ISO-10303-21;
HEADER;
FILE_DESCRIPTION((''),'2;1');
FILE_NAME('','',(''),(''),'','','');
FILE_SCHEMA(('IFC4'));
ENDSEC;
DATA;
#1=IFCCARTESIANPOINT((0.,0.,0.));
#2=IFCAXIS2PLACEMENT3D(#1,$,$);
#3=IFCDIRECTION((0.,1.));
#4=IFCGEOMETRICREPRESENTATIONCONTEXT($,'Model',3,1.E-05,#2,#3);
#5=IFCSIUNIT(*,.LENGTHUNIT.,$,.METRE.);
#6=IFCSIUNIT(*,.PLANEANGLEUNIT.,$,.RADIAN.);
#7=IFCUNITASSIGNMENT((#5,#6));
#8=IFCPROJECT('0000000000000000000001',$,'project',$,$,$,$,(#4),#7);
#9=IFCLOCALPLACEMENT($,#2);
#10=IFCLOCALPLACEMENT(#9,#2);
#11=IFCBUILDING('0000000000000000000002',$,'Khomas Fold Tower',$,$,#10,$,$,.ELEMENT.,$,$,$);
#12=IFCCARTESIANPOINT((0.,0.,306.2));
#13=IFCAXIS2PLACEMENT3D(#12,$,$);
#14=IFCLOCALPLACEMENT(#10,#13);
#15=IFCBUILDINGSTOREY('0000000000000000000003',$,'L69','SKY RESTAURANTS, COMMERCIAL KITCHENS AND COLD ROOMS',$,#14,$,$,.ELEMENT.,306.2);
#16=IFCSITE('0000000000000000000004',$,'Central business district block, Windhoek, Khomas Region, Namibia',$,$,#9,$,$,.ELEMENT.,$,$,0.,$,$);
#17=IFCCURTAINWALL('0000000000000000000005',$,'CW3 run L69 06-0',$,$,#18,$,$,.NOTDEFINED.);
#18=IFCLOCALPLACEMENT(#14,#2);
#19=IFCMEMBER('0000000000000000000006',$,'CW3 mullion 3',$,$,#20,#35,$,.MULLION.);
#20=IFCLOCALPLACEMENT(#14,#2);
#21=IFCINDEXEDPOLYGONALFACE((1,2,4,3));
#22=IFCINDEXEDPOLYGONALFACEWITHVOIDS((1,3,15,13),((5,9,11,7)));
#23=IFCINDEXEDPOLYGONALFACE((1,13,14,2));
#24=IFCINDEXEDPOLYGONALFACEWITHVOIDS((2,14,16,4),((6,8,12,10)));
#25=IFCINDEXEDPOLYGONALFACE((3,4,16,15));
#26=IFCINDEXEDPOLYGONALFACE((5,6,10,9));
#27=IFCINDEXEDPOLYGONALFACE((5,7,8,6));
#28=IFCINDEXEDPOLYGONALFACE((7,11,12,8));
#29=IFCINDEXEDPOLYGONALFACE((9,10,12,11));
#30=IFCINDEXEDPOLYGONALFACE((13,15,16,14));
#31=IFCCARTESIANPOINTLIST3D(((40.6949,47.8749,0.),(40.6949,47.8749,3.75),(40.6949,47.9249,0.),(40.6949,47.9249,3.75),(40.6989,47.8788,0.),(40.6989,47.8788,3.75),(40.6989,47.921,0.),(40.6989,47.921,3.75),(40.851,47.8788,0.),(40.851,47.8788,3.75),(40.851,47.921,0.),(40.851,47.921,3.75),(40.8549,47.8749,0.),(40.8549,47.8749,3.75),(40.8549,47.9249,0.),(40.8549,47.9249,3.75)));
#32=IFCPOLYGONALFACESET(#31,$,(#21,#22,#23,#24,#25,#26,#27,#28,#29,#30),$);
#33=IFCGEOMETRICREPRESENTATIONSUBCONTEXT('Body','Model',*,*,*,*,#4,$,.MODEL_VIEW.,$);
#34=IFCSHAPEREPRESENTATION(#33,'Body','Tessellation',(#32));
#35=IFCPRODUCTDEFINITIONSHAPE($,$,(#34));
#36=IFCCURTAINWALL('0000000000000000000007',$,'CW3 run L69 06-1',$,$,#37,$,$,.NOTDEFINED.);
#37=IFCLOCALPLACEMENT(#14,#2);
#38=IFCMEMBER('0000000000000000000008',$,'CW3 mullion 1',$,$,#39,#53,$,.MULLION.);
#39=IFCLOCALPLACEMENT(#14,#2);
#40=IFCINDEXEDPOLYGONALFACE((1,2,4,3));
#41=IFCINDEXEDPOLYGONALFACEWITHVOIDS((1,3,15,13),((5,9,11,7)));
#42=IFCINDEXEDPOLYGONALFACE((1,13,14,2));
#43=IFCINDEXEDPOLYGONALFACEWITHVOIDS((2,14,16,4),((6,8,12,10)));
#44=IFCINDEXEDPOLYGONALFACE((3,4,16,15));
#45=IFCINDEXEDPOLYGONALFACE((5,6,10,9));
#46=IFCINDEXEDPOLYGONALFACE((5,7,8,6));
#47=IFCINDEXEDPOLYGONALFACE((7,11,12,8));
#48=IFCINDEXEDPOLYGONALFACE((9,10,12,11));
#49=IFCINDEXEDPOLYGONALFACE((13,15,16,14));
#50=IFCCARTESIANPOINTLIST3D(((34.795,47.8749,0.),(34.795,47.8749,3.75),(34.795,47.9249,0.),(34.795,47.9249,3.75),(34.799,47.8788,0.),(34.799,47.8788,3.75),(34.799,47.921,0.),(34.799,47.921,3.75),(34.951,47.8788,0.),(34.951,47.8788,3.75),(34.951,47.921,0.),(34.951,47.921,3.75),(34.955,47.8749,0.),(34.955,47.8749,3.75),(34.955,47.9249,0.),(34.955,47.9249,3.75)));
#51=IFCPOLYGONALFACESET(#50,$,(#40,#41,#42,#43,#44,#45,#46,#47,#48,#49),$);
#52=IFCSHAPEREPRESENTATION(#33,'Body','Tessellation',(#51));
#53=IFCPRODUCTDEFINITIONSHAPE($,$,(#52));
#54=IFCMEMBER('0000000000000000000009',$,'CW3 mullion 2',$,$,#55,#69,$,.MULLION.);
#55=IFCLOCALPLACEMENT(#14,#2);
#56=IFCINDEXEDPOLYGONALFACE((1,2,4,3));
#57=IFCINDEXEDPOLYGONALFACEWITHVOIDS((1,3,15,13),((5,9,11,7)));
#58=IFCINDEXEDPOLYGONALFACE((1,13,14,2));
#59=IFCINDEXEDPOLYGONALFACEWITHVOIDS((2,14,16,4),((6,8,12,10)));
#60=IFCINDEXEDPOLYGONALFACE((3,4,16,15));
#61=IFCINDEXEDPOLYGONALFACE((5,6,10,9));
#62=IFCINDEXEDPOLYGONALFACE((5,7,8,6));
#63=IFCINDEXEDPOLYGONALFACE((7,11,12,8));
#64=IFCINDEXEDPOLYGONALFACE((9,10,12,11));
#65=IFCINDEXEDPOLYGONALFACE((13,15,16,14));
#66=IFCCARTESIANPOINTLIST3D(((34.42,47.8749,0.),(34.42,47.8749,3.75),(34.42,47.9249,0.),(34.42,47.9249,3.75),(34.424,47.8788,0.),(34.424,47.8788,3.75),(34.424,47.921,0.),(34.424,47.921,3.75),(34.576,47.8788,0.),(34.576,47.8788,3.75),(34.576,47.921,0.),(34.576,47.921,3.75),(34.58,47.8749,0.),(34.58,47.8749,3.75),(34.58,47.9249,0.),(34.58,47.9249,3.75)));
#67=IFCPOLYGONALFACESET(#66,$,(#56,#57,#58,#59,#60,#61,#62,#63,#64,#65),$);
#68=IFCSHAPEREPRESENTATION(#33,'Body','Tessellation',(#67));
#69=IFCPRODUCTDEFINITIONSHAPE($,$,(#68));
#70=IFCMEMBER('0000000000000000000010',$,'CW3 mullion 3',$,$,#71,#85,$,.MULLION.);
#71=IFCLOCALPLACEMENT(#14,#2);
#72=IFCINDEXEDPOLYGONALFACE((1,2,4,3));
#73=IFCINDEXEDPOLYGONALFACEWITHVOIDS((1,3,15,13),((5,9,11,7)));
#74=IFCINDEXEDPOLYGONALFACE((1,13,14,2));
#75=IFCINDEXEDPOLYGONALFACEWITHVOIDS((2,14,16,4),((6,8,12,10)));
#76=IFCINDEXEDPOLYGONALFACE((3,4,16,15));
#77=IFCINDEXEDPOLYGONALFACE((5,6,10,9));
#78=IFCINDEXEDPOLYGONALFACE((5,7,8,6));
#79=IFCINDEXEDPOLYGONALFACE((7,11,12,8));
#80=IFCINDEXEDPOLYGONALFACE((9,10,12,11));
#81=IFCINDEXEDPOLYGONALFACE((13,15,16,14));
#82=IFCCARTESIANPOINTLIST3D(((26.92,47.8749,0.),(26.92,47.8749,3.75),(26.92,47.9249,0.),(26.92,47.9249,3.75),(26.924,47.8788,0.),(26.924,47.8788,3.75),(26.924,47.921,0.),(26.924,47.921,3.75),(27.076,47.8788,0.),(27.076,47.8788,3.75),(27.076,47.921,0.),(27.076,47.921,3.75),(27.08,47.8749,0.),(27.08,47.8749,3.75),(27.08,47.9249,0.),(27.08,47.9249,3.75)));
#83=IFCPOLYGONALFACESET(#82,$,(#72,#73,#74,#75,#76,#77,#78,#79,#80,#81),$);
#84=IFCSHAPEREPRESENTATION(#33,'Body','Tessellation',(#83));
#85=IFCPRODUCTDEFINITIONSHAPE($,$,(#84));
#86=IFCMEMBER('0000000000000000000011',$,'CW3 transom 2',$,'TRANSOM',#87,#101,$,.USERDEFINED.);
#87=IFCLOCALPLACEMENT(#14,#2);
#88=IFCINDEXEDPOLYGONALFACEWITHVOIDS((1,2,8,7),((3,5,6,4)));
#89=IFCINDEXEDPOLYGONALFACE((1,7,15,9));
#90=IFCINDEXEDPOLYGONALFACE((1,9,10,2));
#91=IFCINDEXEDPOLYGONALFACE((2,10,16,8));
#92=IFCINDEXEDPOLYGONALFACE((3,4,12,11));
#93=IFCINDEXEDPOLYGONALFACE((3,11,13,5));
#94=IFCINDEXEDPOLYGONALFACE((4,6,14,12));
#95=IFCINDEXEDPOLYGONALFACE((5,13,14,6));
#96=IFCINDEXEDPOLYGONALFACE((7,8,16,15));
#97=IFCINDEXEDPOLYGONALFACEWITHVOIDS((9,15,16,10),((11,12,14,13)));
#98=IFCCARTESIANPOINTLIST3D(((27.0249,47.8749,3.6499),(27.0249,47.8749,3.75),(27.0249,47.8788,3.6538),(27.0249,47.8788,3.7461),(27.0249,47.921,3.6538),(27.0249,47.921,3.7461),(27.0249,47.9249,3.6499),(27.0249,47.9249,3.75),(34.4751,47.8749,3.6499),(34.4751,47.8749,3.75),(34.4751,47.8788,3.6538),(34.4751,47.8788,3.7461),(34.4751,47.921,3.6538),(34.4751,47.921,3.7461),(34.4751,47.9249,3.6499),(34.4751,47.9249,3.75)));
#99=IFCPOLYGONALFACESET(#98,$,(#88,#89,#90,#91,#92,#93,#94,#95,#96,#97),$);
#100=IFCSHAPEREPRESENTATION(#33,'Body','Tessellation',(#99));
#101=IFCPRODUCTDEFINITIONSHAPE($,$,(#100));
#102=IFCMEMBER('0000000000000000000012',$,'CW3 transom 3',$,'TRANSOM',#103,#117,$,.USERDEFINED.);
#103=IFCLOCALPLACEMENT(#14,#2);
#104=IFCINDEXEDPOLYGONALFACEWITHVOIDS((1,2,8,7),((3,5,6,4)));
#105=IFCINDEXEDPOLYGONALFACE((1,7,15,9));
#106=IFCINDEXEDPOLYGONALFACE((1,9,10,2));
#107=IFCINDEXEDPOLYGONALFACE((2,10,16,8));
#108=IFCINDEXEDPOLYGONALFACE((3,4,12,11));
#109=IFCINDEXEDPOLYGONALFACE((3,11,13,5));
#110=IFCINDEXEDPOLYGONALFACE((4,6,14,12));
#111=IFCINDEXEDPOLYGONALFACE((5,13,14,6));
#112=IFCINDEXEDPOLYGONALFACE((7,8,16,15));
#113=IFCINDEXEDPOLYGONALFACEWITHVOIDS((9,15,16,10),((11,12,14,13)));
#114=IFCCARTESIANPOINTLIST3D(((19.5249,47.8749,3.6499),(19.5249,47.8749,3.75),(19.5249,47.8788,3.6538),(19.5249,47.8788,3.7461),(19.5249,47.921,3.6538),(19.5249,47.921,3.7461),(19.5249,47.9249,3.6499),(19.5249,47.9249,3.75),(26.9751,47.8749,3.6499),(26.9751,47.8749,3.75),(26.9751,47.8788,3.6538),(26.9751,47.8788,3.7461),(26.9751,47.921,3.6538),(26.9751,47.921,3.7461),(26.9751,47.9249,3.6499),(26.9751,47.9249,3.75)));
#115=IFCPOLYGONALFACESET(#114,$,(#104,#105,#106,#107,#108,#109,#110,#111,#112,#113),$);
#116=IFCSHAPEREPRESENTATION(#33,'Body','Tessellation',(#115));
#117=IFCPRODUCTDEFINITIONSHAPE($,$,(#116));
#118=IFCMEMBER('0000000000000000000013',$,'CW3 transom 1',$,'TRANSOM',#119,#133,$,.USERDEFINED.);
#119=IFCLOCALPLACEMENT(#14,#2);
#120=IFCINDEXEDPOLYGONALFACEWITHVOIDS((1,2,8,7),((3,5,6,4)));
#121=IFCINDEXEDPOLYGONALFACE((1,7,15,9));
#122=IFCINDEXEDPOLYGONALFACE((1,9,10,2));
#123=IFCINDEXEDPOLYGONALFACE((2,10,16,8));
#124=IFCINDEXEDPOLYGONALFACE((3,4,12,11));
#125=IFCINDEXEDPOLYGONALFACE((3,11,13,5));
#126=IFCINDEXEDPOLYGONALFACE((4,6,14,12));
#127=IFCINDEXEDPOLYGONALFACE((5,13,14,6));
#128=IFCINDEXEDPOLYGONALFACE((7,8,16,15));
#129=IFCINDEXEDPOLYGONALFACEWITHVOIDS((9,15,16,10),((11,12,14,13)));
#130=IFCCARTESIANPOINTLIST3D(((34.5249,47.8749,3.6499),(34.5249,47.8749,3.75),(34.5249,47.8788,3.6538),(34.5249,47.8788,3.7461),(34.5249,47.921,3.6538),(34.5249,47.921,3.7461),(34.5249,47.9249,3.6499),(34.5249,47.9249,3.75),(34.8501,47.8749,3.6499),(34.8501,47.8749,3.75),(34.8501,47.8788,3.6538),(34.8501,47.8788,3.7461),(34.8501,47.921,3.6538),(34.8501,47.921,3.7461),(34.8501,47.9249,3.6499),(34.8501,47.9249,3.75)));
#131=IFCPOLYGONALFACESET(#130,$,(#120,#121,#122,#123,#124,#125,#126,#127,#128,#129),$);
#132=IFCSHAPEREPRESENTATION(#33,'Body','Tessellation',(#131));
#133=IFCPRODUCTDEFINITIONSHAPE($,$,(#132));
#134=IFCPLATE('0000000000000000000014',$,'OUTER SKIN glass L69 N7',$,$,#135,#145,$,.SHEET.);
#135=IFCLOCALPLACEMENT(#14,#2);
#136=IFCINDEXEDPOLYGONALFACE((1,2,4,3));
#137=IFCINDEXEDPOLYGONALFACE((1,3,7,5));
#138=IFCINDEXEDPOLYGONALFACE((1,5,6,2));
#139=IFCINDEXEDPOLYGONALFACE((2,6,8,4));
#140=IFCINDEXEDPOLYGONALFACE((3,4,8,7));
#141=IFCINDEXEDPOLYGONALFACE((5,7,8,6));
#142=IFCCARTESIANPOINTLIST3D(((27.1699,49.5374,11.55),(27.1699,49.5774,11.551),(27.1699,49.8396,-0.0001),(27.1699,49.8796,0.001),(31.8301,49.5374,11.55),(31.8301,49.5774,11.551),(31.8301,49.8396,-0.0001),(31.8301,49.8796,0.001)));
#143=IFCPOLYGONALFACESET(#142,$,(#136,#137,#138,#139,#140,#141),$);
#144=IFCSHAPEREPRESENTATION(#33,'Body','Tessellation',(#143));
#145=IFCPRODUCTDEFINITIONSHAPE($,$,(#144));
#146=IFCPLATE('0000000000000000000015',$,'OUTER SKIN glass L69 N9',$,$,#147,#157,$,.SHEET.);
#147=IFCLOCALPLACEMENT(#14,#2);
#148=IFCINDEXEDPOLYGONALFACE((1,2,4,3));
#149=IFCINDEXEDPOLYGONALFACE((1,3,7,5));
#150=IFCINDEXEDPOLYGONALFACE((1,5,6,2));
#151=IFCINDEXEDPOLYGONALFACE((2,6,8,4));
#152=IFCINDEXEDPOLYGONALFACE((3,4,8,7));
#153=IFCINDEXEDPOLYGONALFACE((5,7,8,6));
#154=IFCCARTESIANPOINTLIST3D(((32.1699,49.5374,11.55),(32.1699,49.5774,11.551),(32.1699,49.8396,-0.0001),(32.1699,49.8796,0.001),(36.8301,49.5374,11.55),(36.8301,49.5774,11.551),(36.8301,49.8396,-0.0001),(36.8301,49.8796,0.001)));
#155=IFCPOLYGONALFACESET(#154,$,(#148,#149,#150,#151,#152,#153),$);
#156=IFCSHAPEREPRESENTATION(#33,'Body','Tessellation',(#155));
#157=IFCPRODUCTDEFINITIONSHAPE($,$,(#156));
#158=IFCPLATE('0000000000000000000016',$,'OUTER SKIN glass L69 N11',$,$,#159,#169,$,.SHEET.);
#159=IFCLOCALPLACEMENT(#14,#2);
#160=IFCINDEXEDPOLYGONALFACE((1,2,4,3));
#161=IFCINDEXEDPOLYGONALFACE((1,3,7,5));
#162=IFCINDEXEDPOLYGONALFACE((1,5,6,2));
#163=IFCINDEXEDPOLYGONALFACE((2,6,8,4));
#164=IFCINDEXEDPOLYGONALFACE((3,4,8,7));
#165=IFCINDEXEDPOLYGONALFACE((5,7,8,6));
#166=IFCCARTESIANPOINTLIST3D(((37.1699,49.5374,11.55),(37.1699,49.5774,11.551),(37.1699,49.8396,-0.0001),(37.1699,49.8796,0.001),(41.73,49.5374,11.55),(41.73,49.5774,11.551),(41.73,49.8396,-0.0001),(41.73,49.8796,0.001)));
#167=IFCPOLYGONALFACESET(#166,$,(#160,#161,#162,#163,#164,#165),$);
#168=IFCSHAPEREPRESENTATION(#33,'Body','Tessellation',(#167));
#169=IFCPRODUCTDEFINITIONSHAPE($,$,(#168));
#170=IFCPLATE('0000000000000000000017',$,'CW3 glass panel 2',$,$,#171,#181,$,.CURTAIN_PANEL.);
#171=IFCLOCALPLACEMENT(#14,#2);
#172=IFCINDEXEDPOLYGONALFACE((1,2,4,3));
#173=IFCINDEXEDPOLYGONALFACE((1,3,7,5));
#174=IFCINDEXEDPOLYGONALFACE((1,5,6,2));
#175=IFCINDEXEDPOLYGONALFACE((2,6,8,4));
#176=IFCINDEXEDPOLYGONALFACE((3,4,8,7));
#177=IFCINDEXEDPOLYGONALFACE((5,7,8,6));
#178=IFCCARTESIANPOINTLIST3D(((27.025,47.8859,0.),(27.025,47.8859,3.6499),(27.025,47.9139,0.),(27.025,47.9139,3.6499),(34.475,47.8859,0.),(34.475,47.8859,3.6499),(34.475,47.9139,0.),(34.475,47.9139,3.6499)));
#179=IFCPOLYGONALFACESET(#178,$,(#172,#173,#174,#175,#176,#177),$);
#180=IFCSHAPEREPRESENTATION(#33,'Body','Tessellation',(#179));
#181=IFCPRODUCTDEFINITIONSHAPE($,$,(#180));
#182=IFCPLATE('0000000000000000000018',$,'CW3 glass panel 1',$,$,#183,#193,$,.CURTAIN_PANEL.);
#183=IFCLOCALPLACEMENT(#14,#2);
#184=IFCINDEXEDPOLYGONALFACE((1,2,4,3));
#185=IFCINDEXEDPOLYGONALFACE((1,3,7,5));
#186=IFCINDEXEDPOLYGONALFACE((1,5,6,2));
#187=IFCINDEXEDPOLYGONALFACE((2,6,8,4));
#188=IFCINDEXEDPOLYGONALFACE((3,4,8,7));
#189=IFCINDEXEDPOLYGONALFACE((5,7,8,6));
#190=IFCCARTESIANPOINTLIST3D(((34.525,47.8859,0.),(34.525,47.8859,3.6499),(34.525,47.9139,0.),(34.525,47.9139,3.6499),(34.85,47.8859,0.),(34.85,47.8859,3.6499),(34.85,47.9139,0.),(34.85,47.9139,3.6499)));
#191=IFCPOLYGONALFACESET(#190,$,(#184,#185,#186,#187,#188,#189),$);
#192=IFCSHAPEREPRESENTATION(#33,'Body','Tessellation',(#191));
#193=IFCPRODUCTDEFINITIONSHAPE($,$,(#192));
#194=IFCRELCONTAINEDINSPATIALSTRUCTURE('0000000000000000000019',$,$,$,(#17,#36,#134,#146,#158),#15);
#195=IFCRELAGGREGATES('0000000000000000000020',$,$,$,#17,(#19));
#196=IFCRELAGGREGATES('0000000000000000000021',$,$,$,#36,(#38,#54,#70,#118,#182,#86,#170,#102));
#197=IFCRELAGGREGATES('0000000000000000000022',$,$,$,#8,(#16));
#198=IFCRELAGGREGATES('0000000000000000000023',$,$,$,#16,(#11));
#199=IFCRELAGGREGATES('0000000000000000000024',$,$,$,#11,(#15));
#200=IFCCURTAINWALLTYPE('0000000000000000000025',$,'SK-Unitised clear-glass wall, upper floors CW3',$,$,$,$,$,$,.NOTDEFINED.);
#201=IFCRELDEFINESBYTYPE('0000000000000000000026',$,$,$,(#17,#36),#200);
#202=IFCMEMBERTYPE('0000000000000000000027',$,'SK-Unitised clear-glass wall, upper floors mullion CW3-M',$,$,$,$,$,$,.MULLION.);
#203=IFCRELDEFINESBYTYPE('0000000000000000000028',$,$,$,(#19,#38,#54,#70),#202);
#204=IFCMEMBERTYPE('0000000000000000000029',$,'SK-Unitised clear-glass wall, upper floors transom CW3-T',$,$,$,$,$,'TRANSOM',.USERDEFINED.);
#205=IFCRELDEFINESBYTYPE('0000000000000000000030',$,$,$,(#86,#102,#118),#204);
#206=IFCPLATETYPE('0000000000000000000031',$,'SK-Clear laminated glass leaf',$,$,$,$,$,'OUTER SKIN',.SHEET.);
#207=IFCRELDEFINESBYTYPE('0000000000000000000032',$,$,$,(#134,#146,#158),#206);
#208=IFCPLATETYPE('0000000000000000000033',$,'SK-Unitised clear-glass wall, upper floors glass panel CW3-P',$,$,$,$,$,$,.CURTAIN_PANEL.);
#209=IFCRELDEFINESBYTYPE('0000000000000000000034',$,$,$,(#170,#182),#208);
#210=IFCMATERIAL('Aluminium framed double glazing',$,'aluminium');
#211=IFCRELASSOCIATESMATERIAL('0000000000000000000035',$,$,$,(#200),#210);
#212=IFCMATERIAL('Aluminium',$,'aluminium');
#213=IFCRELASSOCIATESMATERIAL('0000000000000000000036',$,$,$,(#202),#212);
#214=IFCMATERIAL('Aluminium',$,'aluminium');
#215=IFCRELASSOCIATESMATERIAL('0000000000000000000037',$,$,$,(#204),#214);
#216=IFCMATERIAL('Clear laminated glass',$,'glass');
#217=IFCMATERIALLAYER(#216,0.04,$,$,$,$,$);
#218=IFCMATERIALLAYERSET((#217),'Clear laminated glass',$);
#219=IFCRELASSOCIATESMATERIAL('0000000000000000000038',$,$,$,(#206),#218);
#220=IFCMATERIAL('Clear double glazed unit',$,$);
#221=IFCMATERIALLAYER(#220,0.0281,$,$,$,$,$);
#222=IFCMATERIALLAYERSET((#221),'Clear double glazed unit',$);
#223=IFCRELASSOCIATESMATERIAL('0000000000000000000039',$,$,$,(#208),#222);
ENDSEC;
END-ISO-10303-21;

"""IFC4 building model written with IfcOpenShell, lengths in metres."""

from ifc_helpers import new_model, si_unit, direction, frame, origin, origin_2d, place, context, subcontext, project, spatial, polyline, rectangle, hollow_rectangle, outline, extrude, source, transform, mapped, material, layer, layer_set, material_profile, profile_set, type_object, element, aggregate, save


model = new_model("IFC4")

# Units and contexts
model_context = context("Model", 3, precision=1e-05, world=origin(), true_north=direction((0.0, 1.0)))
body_context = subcontext(model_context, "Body", "Model", "MODEL_VIEW")
ifc_project = project(units=[si_unit("LENGTHUNIT", "METRE"), si_unit("PLANEANGLEUNIT", "RADIAN")], contexts=[model_context])

# Site, building, storey
site_placement = place(None, origin())
site = spatial("IfcSite", under=ifc_project, at=site_placement, Name="Central business district block, Windhoek, Khomas Region, Namibia", CompositionType="ELEMENT", RefElevation=0.0)
building_placement = place(site_placement, origin())
building = spatial("IfcBuilding", under=site, at=building_placement, Name="Khomas Fold Tower", CompositionType="ELEMENT")
storey_placement = place(building_placement, frame((0.0, 0.0, 306.2)))
storey = spatial("IfcBuildingStorey", under=building, at=storey_placement, Name="L69", Description="SKY RESTAURANTS, COMMERCIAL KITCHENS AND COLD ROOMS", CompositionType="ELEMENT", Elevation=306.2)

# Curtain wall, member
ifc_material_1 = material(Name="Aluminium framed double glazing", Category="aluminium")
curtain_wall_type = type_object("IfcCurtainWallType", Name="SK-Unitised clear-glass wall, upper floors CW3", PredefinedType="NOTDEFINED", material=ifc_material_1)
curtain_wall_1_placement = place(storey_placement, origin())
curtain_wall_1 = element("IfcCurtainWall", 1, at=curtain_wall_1_placement, inside=storey, type_object=curtain_wall_type, Name="CW3 run L69 06-0", PredefinedType="NOTDEFINED")
ifc_material_2 = material(Name="Aluminium", Category="aluminium")
ifc_material_profile_1 = material_profile(ifc_material_2, hollow_rectangle(XDim=0.05, YDim=0.1599, WallThickness=0.0039, at=origin_2d()), Name="SK-Unitised clear-glass wall, upper floors mullion CW3-M")
ifc_profile_set_1 = profile_set([ifc_material_profile_1], Name="Aluminium")
member_type_1 = type_object("IfcMemberType", Name="SK-Unitised clear-glass wall, upper floors mullion CW3-M", PredefinedType="MULLION", material=ifc_profile_set_1)
shared_shape_1 = source(origin(), body_context, "Body", "SweptSolid", [
    extrude(hollow_rectangle(XDim=0.05, YDim=0.1599, WallThickness=0.0039, at=origin_2d()), origin(), (0.0, 0.0, 1.0), 3.75),
])
member_1_placement = place(storey_placement, frame((40.7749, 47.8999, 0.0), z_axis=(0.0, 0.0, 1.0), x_axis=(0.0, -1.0, 0.0)))
member_1 = element("IfcMember", 2, at=member_1_placement, type_object=member_type_1, Name="CW3 mullion 3", PredefinedType="MULLION", context=body_context, shape_type="MappedRepresentation", body=[
    mapped(shared_shape_1, transform((0.0, 0.0, 0.0))),
])
aggregate(curtain_wall_1, [member_1])

# Curtain wall, members
curtain_wall_2_placement = place(storey_placement, origin())
curtain_wall_2 = element("IfcCurtainWall", 3, at=curtain_wall_2_placement, inside=storey, type_object=curtain_wall_type, Name="CW3 run L69 06-1", PredefinedType="NOTDEFINED")
member_2_placement = place(storey_placement, frame((34.875, 47.8999, 0.0), z_axis=(0.0, 0.0, 1.0), x_axis=(0.0, -1.0, 0.0)))
member_2 = element("IfcMember", 4, at=member_2_placement, type_object=member_type_1, Name="CW3 mullion 1", PredefinedType="MULLION", context=body_context, shape_type="MappedRepresentation", body=[
    mapped(shared_shape_1, transform((0.0, 0.0, 0.0))),
])
member_3_placement = place(storey_placement, frame((34.5, 47.8999, 0.0), z_axis=(0.0, 0.0, 1.0), x_axis=(0.0, -1.0, 0.0)))
member_3 = element("IfcMember", 5, at=member_3_placement, type_object=member_type_1, Name="CW3 mullion 2", PredefinedType="MULLION", context=body_context, shape_type="MappedRepresentation", body=[
    mapped(shared_shape_1, transform((0.0, 0.0, 0.0))),
])
member_4_placement = place(storey_placement, frame((27.0, 47.8999, 0.0), z_axis=(0.0, 0.0, 1.0), x_axis=(0.0, -1.0, 0.0)))
member_4 = element("IfcMember", 6, at=member_4_placement, type_object=member_type_1, Name="CW3 mullion 3", PredefinedType="MULLION", context=body_context, shape_type="MappedRepresentation", body=[
    mapped(shared_shape_1, transform((0.0, 0.0, 0.0))),
])
ifc_material_3 = material(Name="Aluminium", Category="aluminium")
ifc_material_profile_2 = material_profile(ifc_material_3, hollow_rectangle(XDim=0.05, YDim=0.1001, WallThickness=0.0039, at=origin_2d()), Name="SK-Unitised clear-glass wall, upper floors transom CW3-T")
ifc_profile_set_2 = profile_set([ifc_material_profile_2], Name="Aluminium")
member_type_2 = type_object("IfcMemberType", Name="SK-Unitised clear-glass wall, upper floors transom CW3-T", ElementType="TRANSOM", PredefinedType="USERDEFINED", material=ifc_profile_set_2)
shared_shape_2 = source(origin(), body_context, "Body", "SweptSolid", [
    extrude(hollow_rectangle(XDim=0.05, YDim=0.1001, WallThickness=0.0039, at=origin_2d()), origin(), (0.0, 0.0, 1.0), 7.4502),
])
member_5_placement = place(storey_placement, frame((34.4751, 47.8999, 3.7), z_axis=(-1.0, 0.0, 0.0), x_axis=(0.0, -1.0, 0.0)))
member_5 = element("IfcMember", 7, at=member_5_placement, type_object=member_type_2, Name="CW3 transom 2", ObjectType="TRANSOM", PredefinedType="USERDEFINED", context=body_context, shape_type="MappedRepresentation", body=[
    mapped(shared_shape_2, transform((0.0, 0.0, 0.0))),
])
member_6_placement = place(storey_placement, frame((26.9751, 47.8999, 3.7), z_axis=(-1.0, 0.0, 0.0), x_axis=(0.0, -1.0, 0.0)))
member_6 = element("IfcMember", 8, at=member_6_placement, type_object=member_type_2, Name="CW3 transom 3", ObjectType="TRANSOM", PredefinedType="USERDEFINED", context=body_context, shape_type="MappedRepresentation", body=[
    mapped(shared_shape_2, transform((0.0, 0.0, 0.0))),
])
shared_shape_3 = source(origin(), body_context, "Body", "SweptSolid", [
    extrude(hollow_rectangle(XDim=0.05, YDim=0.1001, WallThickness=0.0039, at=origin_2d()), origin(), (0.0, 0.0, 1.0), 0.3252),
])
member_7_placement = place(storey_placement, frame((34.8501, 47.8999, 3.7), z_axis=(-1.0, 0.0, 0.0), x_axis=(0.0, -1.0, 0.0)))
member_7 = element("IfcMember", 9, at=member_7_placement, type_object=member_type_2, Name="CW3 transom 1", ObjectType="TRANSOM", PredefinedType="USERDEFINED", context=body_context, shape_type="MappedRepresentation", body=[
    mapped(shared_shape_3, transform((0.0, 0.0, 0.0))),
])

# Plates
ifc_material_4 = material(Name="Clear laminated glass", Category="glass")
ifc_layer_1 = layer(ifc_material_4, 0.04)
ifc_layer_set_1 = layer_set([ifc_layer_1], Name="Clear laminated glass")
plate_type_1 = type_object("IfcPlateType", Name="SK-Clear laminated glass leaf", ElementType="OUTER SKIN", PredefinedType="SHEET", material=ifc_layer_set_1)
for number, where, z_axis, x_axis, name in (
    (10, (27.1699, 49.8796, 0.001), (0.0, 0.999658, 0.026159), (1.0, 0.0, 0.0), "OUTER SKIN glass L69 N7"),
    (11, (32.1699, 49.8796, 0.001), (0.0, 0.999658, 0.026159), (1.0, 0.0, 0.0), "OUTER SKIN glass L69 N9"),
):
    element("IfcPlate", number, at=place(storey_placement, frame(where, z_axis=z_axis, x_axis=x_axis)), inside=storey, type_object=plate_type_1, Name=name, PredefinedType="SHEET", context=body_context, shape_type="SweptSolid", body=[
        extrude(outline(polyline([(0.0, 0.0), (4.6602, 0.0), (4.6602, -11.554), (0.0, -11.554), (0.0, 0.0)])), origin(), (0.0, 0.0, -1.0), 0.04),
    ])
plate_1_placement = place(storey_placement, frame((37.1699, 49.8796, 0.001), z_axis=(0.0, 0.999658, 0.026159), x_axis=(1.0, 0.0, 0.0)))
element("IfcPlate", 12, at=plate_1_placement, inside=storey, type_object=plate_type_1, Name="OUTER SKIN glass L69 N11", PredefinedType="SHEET", context=body_context, shape_type="SweptSolid", body=[
    extrude(outline(polyline([(0.0, 0.0), (4.5601, 0.0), (4.5601, -11.554), (0.0, -11.554), (0.0, 0.0)])), origin(), (0.0, 0.0, -1.0), 0.04),
])

# Plates
ifc_material_5 = material(Name="Clear double glazed unit")
ifc_layer_2 = layer(ifc_material_5, 0.0281)
ifc_layer_set_2 = layer_set([ifc_layer_2], Name="Clear double glazed unit")
plate_type_2 = type_object("IfcPlateType", Name="SK-Unitised clear-glass wall, upper floors glass panel CW3-P", PredefinedType="CURTAIN_PANEL", material=ifc_layer_set_2)
shared_shape_4 = source(origin(), body_context, "Body", "SweptSolid", [
    extrude(rectangle(XDim=7.45, YDim=0.0281, at=origin_2d()), origin(), (0.0, 0.0, 1.0), 3.6499),
])
plate_2_placement = place(storey_placement, frame((30.75, 47.8999, 0.0), z_axis=(0.0, 0.0, 1.0), x_axis=(-1.0, 0.0, 0.0)))
plate_2 = element("IfcPlate", 13, at=plate_2_placement, type_object=plate_type_2, Name="CW3 glass panel 2", PredefinedType="CURTAIN_PANEL", context=body_context, shape_type="MappedRepresentation", body=[
    mapped(shared_shape_4, transform((0.0, 0.0, 0.0))),
])
shared_shape_5 = source(origin(), body_context, "Body", "SweptSolid", [
    extrude(rectangle(XDim=0.325, YDim=0.0281, at=origin_2d()), origin(), (0.0, 0.0, 1.0), 3.6499),
])
plate_3_placement = place(storey_placement, frame((34.6875, 47.8999, 0.0), z_axis=(0.0, 0.0, 1.0), x_axis=(-1.0, 0.0, 0.0)))
plate_3 = element("IfcPlate", 14, at=plate_3_placement, type_object=plate_type_2, Name="CW3 glass panel 1", PredefinedType="CURTAIN_PANEL", context=body_context, shape_type="MappedRepresentation", body=[
    mapped(shared_shape_5, transform((0.0, 0.0, 0.0))),
])
aggregate(curtain_wall_2, [member_2, member_3, member_4, member_7, plate_3, member_5, plate_2, member_6])

save(model, "model.ifc")
